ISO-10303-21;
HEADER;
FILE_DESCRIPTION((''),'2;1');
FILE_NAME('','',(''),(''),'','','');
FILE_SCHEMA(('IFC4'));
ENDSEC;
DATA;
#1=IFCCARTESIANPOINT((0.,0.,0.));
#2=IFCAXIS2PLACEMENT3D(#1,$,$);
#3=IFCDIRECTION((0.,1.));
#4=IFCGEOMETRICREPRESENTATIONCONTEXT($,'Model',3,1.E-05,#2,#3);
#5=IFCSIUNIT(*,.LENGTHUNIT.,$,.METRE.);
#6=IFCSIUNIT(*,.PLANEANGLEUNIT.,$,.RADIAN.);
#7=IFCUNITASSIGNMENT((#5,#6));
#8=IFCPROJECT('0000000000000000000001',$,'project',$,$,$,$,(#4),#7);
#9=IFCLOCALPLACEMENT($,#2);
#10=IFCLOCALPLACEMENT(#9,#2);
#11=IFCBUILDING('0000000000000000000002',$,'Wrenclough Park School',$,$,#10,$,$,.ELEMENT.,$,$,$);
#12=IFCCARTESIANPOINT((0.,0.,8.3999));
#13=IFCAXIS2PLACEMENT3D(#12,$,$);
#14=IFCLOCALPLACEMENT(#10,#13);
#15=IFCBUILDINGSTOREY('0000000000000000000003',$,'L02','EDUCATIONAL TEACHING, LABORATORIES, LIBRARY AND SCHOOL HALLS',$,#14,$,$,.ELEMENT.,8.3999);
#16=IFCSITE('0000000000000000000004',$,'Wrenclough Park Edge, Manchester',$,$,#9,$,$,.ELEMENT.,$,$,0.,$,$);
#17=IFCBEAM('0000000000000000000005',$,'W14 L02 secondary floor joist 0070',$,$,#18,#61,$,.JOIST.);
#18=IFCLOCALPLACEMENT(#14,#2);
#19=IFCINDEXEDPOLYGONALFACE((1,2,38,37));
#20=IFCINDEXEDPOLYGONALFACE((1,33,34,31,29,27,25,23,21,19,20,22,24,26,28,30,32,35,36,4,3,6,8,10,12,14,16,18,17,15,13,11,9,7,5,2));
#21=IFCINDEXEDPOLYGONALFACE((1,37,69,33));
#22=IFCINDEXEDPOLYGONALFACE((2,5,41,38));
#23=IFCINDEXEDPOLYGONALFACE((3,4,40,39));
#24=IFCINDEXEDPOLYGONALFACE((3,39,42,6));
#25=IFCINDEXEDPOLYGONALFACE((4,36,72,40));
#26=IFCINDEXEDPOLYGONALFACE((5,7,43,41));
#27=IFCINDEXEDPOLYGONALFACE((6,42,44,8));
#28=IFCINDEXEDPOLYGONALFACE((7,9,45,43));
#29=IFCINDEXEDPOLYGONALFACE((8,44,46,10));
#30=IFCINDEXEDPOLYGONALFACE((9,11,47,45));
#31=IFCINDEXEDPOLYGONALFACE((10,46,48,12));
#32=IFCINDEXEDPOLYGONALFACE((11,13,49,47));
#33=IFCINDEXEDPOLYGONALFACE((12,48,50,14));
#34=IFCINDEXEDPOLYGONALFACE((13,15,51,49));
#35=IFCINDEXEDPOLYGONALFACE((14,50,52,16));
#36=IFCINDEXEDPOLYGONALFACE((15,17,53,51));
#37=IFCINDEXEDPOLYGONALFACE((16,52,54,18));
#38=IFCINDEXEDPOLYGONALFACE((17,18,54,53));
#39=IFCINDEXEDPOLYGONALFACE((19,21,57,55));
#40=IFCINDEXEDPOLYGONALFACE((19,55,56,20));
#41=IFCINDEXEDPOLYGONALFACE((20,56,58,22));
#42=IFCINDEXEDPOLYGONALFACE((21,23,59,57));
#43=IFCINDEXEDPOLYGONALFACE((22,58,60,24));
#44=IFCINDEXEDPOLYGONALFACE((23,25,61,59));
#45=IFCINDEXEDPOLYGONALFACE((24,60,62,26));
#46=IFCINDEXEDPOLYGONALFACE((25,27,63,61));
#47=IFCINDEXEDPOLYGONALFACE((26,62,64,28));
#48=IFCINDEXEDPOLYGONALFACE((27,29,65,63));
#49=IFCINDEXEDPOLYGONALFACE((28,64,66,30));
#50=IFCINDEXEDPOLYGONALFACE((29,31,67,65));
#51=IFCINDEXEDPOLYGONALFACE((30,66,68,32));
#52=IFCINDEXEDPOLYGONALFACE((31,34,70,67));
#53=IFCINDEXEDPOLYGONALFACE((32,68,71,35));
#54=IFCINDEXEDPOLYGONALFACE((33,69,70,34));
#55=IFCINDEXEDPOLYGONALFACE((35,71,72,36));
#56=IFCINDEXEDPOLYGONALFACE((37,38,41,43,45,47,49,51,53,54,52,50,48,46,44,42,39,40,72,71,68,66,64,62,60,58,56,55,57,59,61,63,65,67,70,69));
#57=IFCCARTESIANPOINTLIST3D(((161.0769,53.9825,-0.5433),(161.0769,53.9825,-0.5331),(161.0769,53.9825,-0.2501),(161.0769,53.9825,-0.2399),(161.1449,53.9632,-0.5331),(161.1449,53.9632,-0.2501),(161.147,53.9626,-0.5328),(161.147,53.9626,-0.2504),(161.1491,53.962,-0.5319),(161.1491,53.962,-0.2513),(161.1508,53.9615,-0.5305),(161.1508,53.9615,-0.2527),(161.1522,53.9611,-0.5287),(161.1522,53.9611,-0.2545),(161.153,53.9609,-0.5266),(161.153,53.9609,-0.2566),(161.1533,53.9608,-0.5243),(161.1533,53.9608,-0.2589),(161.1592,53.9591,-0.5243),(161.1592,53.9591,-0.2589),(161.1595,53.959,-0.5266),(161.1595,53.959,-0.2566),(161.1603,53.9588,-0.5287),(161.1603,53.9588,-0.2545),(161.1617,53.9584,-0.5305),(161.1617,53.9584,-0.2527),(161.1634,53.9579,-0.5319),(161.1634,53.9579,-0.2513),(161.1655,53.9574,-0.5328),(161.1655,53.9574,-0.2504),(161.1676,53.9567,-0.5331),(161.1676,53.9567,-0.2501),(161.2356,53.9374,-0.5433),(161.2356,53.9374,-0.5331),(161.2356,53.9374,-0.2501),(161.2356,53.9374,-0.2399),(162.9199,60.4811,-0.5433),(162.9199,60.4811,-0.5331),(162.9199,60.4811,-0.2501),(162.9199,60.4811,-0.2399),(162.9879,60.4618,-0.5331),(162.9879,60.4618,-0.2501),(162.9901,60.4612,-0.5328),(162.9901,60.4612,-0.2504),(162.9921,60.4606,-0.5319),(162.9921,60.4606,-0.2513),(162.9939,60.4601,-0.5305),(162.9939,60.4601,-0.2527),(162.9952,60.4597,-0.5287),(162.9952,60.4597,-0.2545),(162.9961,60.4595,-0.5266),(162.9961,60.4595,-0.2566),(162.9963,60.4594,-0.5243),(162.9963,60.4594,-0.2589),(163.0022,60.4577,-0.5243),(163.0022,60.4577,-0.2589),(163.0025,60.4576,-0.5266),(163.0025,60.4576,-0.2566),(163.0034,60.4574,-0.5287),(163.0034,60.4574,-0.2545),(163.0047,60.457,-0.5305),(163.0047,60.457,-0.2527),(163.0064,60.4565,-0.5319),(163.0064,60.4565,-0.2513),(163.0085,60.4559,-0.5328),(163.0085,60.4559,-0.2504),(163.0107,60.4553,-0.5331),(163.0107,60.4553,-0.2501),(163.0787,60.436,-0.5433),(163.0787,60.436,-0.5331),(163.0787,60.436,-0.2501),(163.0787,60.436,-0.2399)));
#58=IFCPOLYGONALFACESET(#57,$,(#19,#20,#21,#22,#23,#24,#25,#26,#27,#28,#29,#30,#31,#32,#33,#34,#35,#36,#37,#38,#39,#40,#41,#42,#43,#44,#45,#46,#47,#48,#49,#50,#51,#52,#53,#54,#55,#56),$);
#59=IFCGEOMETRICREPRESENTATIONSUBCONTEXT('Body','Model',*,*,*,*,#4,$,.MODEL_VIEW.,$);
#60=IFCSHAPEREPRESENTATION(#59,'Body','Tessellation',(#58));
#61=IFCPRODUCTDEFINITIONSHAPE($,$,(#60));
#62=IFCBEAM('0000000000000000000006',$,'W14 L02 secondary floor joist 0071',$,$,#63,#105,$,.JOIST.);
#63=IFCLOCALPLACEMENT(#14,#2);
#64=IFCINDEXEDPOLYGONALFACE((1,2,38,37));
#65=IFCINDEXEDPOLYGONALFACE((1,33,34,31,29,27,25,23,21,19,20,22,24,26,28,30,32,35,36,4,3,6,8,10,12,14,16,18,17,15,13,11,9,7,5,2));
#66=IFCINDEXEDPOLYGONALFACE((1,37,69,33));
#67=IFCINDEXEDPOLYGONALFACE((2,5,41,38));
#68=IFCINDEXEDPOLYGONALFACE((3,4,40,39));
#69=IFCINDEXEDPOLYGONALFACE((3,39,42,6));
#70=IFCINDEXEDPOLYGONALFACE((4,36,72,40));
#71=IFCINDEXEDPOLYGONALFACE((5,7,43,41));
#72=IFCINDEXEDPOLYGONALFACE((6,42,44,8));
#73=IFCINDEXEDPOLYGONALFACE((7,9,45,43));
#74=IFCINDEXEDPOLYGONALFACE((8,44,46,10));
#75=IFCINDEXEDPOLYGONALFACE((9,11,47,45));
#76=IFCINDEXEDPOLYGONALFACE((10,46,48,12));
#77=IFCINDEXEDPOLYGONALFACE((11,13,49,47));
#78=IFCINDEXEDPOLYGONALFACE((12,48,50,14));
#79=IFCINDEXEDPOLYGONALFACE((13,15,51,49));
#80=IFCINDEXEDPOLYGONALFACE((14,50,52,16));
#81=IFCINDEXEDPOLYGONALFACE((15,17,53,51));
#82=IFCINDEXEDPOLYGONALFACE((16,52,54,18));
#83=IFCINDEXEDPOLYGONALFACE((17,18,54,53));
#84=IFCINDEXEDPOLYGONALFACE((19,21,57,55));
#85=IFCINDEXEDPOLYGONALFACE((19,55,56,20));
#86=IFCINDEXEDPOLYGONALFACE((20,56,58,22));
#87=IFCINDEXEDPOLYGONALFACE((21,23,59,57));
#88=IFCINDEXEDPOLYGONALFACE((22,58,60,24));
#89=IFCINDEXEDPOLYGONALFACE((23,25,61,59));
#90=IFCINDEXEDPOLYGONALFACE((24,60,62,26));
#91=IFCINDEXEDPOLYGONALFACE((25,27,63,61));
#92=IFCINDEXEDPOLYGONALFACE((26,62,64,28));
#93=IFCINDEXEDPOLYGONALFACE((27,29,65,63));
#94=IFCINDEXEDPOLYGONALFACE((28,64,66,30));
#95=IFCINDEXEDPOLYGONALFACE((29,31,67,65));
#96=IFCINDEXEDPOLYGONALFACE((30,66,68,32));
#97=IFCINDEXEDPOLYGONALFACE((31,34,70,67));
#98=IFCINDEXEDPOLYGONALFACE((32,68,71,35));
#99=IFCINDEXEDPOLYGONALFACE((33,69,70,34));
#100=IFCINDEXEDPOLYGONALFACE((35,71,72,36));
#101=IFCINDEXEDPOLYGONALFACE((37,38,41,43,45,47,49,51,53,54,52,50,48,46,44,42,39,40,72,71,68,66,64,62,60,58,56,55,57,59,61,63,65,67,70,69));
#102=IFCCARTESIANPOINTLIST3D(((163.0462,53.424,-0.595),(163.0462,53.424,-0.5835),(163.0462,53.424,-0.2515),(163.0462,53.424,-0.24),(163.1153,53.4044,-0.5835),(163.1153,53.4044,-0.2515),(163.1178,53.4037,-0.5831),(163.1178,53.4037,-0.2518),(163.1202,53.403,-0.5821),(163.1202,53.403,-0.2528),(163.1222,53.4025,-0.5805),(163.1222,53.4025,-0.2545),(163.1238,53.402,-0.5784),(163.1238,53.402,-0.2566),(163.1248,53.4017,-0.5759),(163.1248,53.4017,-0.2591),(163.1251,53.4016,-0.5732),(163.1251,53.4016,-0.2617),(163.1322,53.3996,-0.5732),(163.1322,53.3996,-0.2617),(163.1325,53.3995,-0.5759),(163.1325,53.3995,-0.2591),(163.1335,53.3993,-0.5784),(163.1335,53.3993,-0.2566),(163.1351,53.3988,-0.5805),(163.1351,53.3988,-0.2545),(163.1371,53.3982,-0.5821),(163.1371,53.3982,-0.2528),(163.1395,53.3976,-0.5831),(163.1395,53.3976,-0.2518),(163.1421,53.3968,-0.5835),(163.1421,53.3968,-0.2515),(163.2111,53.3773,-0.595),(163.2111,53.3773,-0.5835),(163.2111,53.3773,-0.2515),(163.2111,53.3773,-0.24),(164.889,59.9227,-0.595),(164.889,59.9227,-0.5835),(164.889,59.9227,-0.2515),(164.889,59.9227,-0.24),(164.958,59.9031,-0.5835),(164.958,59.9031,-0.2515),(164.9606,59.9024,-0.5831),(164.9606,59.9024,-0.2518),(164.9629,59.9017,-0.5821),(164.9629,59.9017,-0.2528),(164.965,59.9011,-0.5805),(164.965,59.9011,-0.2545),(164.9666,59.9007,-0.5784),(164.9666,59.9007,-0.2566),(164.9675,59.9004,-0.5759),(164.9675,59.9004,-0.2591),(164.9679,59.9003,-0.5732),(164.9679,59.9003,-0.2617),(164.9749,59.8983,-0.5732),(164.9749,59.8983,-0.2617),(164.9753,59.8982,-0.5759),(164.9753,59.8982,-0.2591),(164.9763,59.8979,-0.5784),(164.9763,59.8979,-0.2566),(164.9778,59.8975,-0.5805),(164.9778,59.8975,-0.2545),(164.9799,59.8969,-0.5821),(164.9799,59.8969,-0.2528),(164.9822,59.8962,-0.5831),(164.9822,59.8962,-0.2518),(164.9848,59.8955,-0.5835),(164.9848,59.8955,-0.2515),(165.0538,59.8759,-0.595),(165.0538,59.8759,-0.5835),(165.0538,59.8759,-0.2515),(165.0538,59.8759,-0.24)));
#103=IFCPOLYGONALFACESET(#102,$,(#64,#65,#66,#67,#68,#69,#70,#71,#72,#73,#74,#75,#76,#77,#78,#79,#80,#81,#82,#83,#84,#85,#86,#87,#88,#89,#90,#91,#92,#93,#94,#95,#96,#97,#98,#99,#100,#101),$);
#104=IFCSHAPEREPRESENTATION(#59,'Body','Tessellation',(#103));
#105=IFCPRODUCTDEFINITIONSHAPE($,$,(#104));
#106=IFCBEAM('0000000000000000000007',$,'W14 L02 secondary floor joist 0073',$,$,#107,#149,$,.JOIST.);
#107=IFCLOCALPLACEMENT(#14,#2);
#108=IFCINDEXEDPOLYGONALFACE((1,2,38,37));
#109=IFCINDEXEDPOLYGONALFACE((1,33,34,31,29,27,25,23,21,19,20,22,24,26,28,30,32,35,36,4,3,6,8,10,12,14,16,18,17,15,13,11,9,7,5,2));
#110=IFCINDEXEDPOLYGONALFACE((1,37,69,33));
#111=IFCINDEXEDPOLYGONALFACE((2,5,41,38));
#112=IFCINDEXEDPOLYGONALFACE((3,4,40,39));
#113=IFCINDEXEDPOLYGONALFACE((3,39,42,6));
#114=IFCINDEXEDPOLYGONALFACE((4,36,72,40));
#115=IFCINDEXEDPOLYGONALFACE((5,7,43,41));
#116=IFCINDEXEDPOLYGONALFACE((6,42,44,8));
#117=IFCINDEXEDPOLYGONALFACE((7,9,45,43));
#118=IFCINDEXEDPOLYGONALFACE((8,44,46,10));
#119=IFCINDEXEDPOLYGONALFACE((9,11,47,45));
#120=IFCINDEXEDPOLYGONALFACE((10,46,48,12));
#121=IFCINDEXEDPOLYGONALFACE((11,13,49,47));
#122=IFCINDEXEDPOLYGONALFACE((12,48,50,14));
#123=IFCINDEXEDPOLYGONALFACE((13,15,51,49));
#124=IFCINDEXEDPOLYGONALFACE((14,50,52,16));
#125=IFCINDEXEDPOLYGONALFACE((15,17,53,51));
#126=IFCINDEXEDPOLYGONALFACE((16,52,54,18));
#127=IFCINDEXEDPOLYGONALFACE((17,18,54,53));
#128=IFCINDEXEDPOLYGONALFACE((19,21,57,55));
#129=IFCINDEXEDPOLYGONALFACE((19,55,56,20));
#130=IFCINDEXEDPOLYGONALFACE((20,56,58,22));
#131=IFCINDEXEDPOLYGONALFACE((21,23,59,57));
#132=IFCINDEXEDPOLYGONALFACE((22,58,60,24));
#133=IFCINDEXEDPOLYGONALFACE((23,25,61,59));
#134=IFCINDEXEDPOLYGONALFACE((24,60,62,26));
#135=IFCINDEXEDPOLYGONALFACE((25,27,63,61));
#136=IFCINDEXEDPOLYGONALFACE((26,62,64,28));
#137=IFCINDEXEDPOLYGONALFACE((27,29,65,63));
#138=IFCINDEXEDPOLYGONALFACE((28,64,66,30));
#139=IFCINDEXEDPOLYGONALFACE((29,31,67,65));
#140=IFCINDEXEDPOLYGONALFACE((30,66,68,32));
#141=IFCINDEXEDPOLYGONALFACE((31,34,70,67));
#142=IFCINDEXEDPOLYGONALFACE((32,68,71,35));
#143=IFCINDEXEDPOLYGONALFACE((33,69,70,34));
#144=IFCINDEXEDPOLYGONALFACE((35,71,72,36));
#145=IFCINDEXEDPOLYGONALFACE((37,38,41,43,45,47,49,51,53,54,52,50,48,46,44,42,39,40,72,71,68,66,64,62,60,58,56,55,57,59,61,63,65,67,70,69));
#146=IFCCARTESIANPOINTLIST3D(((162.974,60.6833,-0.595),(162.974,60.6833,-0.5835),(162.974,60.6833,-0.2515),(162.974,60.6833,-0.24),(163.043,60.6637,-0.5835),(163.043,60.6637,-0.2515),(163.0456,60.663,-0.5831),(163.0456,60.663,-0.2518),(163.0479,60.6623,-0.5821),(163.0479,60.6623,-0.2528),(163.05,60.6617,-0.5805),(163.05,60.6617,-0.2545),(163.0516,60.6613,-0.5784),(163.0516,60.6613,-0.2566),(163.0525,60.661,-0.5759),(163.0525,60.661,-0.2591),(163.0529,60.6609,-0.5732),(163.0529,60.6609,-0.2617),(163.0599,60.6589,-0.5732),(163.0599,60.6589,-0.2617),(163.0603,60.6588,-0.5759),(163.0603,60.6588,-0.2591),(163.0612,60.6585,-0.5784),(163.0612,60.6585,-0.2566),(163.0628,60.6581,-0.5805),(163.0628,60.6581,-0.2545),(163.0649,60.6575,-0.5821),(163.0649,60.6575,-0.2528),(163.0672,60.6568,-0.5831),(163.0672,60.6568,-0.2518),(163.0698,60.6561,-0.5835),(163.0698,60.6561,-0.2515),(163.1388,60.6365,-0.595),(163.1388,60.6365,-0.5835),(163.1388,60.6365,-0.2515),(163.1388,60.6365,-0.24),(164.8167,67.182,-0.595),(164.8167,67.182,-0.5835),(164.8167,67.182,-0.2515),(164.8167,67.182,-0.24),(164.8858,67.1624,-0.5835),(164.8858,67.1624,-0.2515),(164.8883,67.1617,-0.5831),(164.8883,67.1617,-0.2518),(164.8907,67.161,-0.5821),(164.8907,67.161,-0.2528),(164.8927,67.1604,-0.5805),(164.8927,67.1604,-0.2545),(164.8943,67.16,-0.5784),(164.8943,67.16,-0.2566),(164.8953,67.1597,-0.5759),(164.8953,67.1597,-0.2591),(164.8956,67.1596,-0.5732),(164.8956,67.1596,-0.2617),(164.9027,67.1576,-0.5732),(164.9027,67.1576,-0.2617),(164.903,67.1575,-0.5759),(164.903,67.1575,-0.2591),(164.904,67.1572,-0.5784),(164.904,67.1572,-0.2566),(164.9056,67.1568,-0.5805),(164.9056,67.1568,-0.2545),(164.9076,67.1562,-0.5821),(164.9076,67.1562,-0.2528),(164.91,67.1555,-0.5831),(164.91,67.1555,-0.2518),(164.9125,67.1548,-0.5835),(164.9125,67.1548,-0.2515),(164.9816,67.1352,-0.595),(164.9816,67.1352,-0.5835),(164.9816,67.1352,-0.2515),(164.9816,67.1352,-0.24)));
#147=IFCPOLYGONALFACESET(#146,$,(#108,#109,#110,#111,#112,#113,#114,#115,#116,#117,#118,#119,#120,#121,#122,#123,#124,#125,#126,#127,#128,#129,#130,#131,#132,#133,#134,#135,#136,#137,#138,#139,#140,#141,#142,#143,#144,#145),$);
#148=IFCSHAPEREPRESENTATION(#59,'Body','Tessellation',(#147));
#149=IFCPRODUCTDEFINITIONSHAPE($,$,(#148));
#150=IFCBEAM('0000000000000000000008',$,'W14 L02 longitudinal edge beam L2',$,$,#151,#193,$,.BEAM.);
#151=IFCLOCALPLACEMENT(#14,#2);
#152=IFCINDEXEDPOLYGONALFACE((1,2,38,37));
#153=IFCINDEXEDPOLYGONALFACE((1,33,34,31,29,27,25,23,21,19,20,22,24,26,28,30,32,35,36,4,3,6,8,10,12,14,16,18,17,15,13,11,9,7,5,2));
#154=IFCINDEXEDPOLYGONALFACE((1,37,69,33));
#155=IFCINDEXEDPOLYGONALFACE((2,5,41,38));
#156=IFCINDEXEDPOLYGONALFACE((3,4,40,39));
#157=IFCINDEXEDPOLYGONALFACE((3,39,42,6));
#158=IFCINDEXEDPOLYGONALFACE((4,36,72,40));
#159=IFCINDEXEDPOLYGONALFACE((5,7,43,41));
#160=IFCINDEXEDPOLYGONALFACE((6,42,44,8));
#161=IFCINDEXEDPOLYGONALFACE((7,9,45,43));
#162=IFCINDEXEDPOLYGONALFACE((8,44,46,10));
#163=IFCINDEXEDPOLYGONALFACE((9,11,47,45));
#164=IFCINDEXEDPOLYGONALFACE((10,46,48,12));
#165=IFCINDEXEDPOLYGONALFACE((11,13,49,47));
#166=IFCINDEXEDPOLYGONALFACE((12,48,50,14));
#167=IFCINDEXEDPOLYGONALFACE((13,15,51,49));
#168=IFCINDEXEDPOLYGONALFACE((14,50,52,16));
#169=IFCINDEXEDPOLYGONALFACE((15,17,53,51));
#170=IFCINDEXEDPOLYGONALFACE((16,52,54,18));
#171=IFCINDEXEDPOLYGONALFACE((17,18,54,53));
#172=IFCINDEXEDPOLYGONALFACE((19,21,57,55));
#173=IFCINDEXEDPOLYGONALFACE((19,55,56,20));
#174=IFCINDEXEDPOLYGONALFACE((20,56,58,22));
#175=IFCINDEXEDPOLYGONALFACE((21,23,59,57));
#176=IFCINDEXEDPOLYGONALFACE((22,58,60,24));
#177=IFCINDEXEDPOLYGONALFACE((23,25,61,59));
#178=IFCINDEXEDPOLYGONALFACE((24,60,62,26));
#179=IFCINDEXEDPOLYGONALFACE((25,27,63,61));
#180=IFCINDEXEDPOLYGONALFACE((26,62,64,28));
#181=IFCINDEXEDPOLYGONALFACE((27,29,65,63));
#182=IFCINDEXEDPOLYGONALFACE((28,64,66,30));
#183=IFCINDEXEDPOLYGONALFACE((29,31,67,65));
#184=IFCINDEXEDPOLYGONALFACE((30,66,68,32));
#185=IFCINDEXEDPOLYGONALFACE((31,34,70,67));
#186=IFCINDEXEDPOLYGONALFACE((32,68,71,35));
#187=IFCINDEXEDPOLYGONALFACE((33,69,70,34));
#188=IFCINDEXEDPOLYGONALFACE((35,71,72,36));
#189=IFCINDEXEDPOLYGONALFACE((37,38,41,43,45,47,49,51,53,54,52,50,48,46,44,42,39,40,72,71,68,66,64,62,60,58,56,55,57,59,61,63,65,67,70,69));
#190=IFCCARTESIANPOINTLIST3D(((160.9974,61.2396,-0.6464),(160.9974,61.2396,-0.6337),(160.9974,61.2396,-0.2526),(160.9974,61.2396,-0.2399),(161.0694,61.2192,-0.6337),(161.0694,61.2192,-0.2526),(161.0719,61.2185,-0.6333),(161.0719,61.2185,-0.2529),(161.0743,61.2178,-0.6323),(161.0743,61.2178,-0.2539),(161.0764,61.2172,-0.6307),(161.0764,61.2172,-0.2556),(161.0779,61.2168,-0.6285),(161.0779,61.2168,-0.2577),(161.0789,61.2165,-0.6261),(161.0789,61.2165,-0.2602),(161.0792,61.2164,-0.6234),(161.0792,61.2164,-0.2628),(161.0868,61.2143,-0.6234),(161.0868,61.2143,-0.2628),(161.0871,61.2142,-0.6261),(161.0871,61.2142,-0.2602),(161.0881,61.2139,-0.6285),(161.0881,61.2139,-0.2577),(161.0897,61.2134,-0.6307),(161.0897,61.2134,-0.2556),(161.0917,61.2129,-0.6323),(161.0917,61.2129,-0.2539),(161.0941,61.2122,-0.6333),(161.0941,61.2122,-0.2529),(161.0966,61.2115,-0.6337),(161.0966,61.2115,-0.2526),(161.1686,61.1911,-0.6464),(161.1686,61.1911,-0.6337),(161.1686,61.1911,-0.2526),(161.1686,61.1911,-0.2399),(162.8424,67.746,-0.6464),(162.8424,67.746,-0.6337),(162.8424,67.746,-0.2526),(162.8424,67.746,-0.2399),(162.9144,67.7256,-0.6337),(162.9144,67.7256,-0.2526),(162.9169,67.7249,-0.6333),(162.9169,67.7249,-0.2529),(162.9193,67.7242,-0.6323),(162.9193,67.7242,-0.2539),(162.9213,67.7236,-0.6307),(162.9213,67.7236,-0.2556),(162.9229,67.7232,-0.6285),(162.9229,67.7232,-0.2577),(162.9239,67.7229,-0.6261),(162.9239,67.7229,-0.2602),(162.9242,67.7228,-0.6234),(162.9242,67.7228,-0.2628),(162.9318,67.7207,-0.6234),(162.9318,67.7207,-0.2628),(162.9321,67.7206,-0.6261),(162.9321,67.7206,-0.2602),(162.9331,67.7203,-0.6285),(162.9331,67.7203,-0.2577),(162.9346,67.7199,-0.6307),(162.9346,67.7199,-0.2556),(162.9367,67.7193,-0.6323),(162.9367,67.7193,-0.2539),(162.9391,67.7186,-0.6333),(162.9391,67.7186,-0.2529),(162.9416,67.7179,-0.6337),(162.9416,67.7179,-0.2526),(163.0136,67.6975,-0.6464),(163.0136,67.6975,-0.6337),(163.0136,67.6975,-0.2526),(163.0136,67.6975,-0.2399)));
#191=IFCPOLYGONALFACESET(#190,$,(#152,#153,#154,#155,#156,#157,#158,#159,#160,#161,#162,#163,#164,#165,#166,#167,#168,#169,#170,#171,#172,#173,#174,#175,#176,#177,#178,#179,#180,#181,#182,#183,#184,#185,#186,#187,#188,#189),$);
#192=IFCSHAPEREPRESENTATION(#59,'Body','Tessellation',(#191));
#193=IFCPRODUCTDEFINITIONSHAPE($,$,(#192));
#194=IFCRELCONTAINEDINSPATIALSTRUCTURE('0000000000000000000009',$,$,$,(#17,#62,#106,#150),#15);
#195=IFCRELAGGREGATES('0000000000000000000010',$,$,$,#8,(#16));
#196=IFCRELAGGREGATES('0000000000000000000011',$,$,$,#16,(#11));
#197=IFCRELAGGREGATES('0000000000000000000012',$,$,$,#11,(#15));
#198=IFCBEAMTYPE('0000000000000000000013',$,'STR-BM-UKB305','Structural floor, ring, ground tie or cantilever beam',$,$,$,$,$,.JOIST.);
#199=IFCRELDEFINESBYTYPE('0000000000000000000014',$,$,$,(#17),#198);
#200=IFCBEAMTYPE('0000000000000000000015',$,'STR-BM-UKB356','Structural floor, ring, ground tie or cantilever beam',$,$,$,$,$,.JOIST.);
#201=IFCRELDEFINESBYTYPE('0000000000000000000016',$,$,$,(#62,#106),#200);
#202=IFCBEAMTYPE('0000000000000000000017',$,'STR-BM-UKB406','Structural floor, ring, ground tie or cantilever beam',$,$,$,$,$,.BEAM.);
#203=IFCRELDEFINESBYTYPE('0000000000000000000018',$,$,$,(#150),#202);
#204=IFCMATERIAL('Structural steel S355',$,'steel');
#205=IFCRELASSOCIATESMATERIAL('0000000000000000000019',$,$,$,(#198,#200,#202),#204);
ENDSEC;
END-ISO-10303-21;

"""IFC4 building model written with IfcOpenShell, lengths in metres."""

from ifc_helpers import new_model, si_unit, direction, frame, origin, origin_2d, place, context, subcontext, project, spatial, i_section, extrude, material, material_profile, profile_set, type_object, element, save


model = new_model("IFC4")

# Units and contexts
model_context = context("Model", 3, precision=1e-05, world=origin(), true_north=direction((0.0, 1.0)))
body_context = subcontext(model_context, "Body", "Model", "MODEL_VIEW")
ifc_project = project(units=[si_unit("LENGTHUNIT", "METRE"), si_unit("PLANEANGLEUNIT", "RADIAN")], contexts=[model_context])

# Site, building, storey
site_placement = place(None, origin())
site = spatial("IfcSite", under=ifc_project, at=site_placement, Name="Wrenclough Park Edge, Manchester", CompositionType="ELEMENT", RefElevation=0.0)
building_placement = place(site_placement, origin())
building = spatial("IfcBuilding", under=site, at=building_placement, Name="Wrenclough Park School", CompositionType="ELEMENT")
storey_placement = place(building_placement, frame((0.0, 0.0, 8.3999)))
storey = spatial("IfcBuildingStorey", under=building, at=storey_placement, Name="L02", Description="EDUCATIONAL TEACHING, LABORATORIES, LIBRARY AND SCHOOL HALLS", CompositionType="ELEMENT", Elevation=8.3999)

# Shared definitions
ifc_material_1 = material(Name="Structural steel S355", Category="steel")

# Beams
ifc_material_profile_1 = material_profile(ifc_material_1, i_section(OverallWidth=0.165, OverallDepth=0.3035, WebThickness=0.0061, FlangeThickness=0.0103, FilletRadius=0.0088, at=origin_2d()), Name="UKB 305x165x40")
ifc_profile_set_1 = profile_set([ifc_material_profile_1], Name="Structural steel S355")
beam_type_1 = type_object("IfcBeamType", Name="STR-BM-UKB305", Description="Structural floor, ring, ground tie or cantilever beam", PredefinedType="JOIST", material=ifc_profile_set_1)
beam_1_placement = place(storey_placement, frame((161.1562, 53.96, -0.3916), z_axis=(0.272845, 0.962058, 0.0), x_axis=(-0.962058, 0.272845, 0.0)))
element("IfcBeam", 1, at=beam_1_placement, inside=storey, type_object=beam_type_1, Name="W14 L02 secondary floor joist 0070", PredefinedType="JOIST", context=body_context, shape_type="SweptSolid", body=[
    extrude(i_section(OverallWidth=0.165, OverallDepth=0.3035, WebThickness=0.0061, FlangeThickness=0.0103, FilletRadius=0.0088, at=origin_2d()), origin(), (0.0, 0.0, 1.0), 6.7549),
])
ifc_material_profile_2 = material_profile(ifc_material_1, i_section(OverallWidth=0.1714, OverallDepth=0.355, WebThickness=0.0073, FlangeThickness=0.0115, FilletRadius=0.0103, at=origin_2d()), Name="UKB 356x171x51")
ifc_profile_set_2 = profile_set([ifc_material_profile_2], Name="Structural steel S355")
beam_type_2 = type_object("IfcBeamType", Name="STR-BM-UKB356", Description="Structural floor, ring, ground tie or cantilever beam", PredefinedType="JOIST", material=ifc_profile_set_2)
for number, where, z_axis, x_axis, name in (
    (2, (163.1287, 53.4006, -0.4175), (0.272802, 0.96207, 0.0), (-0.96207, 0.272802, 0.0), "W14 L02 secondary floor joist 0071"),
    (3, (163.0564, 60.6599, -0.4175), (0.272802, 0.96207, 0.0), (-0.96207, 0.272802, 0.0), "W14 L02 secondary floor joist 0073"),
):
    element("IfcBeam", number, at=place(storey_placement, frame(where, z_axis=z_axis, x_axis=x_axis)), inside=storey, type_object=beam_type_2, Name=name, PredefinedType="JOIST", context=body_context, shape_type="SweptSolid", body=[
        extrude(i_section(OverallWidth=0.1714, OverallDepth=0.355, WebThickness=0.0073, FlangeThickness=0.0115, FilletRadius=0.0103, at=origin_2d()), origin(), (0.0, 0.0, 1.0), 6.7549),
    ])
ifc_material_profile_3 = material_profile(ifc_material_1, i_section(OverallWidth=0.178, OverallDepth=0.4065, WebThickness=0.0078, FlangeThickness=0.0127, FilletRadius=0.0103, at=origin_2d()), Name="UKB 406x178x60")
ifc_profile_set_3 = profile_set([ifc_material_profile_3], Name="Structural steel S355")
beam_type_3 = type_object("IfcBeamType", Name="STR-BM-UKB406", Description="Structural floor, ring, ground tie or cantilever beam", PredefinedType="BEAM", material=ifc_profile_set_3)
beam_2_placement = place(storey_placement, frame((161.083, 61.2153, -0.4431), z_axis=(0.272809, 0.962068, 0.0), x_axis=(-0.962068, 0.272809, 0.0)))
element("IfcBeam", 4, at=beam_2_placement, inside=storey, type_object=beam_type_3, Name="W14 L02 longitudinal edge beam L2", PredefinedType="BEAM", context=body_context, shape_type="SweptSolid", body=[
    extrude(i_section(OverallWidth=0.178, OverallDepth=0.4065, WebThickness=0.0078, FlangeThickness=0.0127, FilletRadius=0.0103, at=origin_2d()), origin(), (0.0, 0.0, 1.0), 6.7629),
])

save(model, "model.ifc")
